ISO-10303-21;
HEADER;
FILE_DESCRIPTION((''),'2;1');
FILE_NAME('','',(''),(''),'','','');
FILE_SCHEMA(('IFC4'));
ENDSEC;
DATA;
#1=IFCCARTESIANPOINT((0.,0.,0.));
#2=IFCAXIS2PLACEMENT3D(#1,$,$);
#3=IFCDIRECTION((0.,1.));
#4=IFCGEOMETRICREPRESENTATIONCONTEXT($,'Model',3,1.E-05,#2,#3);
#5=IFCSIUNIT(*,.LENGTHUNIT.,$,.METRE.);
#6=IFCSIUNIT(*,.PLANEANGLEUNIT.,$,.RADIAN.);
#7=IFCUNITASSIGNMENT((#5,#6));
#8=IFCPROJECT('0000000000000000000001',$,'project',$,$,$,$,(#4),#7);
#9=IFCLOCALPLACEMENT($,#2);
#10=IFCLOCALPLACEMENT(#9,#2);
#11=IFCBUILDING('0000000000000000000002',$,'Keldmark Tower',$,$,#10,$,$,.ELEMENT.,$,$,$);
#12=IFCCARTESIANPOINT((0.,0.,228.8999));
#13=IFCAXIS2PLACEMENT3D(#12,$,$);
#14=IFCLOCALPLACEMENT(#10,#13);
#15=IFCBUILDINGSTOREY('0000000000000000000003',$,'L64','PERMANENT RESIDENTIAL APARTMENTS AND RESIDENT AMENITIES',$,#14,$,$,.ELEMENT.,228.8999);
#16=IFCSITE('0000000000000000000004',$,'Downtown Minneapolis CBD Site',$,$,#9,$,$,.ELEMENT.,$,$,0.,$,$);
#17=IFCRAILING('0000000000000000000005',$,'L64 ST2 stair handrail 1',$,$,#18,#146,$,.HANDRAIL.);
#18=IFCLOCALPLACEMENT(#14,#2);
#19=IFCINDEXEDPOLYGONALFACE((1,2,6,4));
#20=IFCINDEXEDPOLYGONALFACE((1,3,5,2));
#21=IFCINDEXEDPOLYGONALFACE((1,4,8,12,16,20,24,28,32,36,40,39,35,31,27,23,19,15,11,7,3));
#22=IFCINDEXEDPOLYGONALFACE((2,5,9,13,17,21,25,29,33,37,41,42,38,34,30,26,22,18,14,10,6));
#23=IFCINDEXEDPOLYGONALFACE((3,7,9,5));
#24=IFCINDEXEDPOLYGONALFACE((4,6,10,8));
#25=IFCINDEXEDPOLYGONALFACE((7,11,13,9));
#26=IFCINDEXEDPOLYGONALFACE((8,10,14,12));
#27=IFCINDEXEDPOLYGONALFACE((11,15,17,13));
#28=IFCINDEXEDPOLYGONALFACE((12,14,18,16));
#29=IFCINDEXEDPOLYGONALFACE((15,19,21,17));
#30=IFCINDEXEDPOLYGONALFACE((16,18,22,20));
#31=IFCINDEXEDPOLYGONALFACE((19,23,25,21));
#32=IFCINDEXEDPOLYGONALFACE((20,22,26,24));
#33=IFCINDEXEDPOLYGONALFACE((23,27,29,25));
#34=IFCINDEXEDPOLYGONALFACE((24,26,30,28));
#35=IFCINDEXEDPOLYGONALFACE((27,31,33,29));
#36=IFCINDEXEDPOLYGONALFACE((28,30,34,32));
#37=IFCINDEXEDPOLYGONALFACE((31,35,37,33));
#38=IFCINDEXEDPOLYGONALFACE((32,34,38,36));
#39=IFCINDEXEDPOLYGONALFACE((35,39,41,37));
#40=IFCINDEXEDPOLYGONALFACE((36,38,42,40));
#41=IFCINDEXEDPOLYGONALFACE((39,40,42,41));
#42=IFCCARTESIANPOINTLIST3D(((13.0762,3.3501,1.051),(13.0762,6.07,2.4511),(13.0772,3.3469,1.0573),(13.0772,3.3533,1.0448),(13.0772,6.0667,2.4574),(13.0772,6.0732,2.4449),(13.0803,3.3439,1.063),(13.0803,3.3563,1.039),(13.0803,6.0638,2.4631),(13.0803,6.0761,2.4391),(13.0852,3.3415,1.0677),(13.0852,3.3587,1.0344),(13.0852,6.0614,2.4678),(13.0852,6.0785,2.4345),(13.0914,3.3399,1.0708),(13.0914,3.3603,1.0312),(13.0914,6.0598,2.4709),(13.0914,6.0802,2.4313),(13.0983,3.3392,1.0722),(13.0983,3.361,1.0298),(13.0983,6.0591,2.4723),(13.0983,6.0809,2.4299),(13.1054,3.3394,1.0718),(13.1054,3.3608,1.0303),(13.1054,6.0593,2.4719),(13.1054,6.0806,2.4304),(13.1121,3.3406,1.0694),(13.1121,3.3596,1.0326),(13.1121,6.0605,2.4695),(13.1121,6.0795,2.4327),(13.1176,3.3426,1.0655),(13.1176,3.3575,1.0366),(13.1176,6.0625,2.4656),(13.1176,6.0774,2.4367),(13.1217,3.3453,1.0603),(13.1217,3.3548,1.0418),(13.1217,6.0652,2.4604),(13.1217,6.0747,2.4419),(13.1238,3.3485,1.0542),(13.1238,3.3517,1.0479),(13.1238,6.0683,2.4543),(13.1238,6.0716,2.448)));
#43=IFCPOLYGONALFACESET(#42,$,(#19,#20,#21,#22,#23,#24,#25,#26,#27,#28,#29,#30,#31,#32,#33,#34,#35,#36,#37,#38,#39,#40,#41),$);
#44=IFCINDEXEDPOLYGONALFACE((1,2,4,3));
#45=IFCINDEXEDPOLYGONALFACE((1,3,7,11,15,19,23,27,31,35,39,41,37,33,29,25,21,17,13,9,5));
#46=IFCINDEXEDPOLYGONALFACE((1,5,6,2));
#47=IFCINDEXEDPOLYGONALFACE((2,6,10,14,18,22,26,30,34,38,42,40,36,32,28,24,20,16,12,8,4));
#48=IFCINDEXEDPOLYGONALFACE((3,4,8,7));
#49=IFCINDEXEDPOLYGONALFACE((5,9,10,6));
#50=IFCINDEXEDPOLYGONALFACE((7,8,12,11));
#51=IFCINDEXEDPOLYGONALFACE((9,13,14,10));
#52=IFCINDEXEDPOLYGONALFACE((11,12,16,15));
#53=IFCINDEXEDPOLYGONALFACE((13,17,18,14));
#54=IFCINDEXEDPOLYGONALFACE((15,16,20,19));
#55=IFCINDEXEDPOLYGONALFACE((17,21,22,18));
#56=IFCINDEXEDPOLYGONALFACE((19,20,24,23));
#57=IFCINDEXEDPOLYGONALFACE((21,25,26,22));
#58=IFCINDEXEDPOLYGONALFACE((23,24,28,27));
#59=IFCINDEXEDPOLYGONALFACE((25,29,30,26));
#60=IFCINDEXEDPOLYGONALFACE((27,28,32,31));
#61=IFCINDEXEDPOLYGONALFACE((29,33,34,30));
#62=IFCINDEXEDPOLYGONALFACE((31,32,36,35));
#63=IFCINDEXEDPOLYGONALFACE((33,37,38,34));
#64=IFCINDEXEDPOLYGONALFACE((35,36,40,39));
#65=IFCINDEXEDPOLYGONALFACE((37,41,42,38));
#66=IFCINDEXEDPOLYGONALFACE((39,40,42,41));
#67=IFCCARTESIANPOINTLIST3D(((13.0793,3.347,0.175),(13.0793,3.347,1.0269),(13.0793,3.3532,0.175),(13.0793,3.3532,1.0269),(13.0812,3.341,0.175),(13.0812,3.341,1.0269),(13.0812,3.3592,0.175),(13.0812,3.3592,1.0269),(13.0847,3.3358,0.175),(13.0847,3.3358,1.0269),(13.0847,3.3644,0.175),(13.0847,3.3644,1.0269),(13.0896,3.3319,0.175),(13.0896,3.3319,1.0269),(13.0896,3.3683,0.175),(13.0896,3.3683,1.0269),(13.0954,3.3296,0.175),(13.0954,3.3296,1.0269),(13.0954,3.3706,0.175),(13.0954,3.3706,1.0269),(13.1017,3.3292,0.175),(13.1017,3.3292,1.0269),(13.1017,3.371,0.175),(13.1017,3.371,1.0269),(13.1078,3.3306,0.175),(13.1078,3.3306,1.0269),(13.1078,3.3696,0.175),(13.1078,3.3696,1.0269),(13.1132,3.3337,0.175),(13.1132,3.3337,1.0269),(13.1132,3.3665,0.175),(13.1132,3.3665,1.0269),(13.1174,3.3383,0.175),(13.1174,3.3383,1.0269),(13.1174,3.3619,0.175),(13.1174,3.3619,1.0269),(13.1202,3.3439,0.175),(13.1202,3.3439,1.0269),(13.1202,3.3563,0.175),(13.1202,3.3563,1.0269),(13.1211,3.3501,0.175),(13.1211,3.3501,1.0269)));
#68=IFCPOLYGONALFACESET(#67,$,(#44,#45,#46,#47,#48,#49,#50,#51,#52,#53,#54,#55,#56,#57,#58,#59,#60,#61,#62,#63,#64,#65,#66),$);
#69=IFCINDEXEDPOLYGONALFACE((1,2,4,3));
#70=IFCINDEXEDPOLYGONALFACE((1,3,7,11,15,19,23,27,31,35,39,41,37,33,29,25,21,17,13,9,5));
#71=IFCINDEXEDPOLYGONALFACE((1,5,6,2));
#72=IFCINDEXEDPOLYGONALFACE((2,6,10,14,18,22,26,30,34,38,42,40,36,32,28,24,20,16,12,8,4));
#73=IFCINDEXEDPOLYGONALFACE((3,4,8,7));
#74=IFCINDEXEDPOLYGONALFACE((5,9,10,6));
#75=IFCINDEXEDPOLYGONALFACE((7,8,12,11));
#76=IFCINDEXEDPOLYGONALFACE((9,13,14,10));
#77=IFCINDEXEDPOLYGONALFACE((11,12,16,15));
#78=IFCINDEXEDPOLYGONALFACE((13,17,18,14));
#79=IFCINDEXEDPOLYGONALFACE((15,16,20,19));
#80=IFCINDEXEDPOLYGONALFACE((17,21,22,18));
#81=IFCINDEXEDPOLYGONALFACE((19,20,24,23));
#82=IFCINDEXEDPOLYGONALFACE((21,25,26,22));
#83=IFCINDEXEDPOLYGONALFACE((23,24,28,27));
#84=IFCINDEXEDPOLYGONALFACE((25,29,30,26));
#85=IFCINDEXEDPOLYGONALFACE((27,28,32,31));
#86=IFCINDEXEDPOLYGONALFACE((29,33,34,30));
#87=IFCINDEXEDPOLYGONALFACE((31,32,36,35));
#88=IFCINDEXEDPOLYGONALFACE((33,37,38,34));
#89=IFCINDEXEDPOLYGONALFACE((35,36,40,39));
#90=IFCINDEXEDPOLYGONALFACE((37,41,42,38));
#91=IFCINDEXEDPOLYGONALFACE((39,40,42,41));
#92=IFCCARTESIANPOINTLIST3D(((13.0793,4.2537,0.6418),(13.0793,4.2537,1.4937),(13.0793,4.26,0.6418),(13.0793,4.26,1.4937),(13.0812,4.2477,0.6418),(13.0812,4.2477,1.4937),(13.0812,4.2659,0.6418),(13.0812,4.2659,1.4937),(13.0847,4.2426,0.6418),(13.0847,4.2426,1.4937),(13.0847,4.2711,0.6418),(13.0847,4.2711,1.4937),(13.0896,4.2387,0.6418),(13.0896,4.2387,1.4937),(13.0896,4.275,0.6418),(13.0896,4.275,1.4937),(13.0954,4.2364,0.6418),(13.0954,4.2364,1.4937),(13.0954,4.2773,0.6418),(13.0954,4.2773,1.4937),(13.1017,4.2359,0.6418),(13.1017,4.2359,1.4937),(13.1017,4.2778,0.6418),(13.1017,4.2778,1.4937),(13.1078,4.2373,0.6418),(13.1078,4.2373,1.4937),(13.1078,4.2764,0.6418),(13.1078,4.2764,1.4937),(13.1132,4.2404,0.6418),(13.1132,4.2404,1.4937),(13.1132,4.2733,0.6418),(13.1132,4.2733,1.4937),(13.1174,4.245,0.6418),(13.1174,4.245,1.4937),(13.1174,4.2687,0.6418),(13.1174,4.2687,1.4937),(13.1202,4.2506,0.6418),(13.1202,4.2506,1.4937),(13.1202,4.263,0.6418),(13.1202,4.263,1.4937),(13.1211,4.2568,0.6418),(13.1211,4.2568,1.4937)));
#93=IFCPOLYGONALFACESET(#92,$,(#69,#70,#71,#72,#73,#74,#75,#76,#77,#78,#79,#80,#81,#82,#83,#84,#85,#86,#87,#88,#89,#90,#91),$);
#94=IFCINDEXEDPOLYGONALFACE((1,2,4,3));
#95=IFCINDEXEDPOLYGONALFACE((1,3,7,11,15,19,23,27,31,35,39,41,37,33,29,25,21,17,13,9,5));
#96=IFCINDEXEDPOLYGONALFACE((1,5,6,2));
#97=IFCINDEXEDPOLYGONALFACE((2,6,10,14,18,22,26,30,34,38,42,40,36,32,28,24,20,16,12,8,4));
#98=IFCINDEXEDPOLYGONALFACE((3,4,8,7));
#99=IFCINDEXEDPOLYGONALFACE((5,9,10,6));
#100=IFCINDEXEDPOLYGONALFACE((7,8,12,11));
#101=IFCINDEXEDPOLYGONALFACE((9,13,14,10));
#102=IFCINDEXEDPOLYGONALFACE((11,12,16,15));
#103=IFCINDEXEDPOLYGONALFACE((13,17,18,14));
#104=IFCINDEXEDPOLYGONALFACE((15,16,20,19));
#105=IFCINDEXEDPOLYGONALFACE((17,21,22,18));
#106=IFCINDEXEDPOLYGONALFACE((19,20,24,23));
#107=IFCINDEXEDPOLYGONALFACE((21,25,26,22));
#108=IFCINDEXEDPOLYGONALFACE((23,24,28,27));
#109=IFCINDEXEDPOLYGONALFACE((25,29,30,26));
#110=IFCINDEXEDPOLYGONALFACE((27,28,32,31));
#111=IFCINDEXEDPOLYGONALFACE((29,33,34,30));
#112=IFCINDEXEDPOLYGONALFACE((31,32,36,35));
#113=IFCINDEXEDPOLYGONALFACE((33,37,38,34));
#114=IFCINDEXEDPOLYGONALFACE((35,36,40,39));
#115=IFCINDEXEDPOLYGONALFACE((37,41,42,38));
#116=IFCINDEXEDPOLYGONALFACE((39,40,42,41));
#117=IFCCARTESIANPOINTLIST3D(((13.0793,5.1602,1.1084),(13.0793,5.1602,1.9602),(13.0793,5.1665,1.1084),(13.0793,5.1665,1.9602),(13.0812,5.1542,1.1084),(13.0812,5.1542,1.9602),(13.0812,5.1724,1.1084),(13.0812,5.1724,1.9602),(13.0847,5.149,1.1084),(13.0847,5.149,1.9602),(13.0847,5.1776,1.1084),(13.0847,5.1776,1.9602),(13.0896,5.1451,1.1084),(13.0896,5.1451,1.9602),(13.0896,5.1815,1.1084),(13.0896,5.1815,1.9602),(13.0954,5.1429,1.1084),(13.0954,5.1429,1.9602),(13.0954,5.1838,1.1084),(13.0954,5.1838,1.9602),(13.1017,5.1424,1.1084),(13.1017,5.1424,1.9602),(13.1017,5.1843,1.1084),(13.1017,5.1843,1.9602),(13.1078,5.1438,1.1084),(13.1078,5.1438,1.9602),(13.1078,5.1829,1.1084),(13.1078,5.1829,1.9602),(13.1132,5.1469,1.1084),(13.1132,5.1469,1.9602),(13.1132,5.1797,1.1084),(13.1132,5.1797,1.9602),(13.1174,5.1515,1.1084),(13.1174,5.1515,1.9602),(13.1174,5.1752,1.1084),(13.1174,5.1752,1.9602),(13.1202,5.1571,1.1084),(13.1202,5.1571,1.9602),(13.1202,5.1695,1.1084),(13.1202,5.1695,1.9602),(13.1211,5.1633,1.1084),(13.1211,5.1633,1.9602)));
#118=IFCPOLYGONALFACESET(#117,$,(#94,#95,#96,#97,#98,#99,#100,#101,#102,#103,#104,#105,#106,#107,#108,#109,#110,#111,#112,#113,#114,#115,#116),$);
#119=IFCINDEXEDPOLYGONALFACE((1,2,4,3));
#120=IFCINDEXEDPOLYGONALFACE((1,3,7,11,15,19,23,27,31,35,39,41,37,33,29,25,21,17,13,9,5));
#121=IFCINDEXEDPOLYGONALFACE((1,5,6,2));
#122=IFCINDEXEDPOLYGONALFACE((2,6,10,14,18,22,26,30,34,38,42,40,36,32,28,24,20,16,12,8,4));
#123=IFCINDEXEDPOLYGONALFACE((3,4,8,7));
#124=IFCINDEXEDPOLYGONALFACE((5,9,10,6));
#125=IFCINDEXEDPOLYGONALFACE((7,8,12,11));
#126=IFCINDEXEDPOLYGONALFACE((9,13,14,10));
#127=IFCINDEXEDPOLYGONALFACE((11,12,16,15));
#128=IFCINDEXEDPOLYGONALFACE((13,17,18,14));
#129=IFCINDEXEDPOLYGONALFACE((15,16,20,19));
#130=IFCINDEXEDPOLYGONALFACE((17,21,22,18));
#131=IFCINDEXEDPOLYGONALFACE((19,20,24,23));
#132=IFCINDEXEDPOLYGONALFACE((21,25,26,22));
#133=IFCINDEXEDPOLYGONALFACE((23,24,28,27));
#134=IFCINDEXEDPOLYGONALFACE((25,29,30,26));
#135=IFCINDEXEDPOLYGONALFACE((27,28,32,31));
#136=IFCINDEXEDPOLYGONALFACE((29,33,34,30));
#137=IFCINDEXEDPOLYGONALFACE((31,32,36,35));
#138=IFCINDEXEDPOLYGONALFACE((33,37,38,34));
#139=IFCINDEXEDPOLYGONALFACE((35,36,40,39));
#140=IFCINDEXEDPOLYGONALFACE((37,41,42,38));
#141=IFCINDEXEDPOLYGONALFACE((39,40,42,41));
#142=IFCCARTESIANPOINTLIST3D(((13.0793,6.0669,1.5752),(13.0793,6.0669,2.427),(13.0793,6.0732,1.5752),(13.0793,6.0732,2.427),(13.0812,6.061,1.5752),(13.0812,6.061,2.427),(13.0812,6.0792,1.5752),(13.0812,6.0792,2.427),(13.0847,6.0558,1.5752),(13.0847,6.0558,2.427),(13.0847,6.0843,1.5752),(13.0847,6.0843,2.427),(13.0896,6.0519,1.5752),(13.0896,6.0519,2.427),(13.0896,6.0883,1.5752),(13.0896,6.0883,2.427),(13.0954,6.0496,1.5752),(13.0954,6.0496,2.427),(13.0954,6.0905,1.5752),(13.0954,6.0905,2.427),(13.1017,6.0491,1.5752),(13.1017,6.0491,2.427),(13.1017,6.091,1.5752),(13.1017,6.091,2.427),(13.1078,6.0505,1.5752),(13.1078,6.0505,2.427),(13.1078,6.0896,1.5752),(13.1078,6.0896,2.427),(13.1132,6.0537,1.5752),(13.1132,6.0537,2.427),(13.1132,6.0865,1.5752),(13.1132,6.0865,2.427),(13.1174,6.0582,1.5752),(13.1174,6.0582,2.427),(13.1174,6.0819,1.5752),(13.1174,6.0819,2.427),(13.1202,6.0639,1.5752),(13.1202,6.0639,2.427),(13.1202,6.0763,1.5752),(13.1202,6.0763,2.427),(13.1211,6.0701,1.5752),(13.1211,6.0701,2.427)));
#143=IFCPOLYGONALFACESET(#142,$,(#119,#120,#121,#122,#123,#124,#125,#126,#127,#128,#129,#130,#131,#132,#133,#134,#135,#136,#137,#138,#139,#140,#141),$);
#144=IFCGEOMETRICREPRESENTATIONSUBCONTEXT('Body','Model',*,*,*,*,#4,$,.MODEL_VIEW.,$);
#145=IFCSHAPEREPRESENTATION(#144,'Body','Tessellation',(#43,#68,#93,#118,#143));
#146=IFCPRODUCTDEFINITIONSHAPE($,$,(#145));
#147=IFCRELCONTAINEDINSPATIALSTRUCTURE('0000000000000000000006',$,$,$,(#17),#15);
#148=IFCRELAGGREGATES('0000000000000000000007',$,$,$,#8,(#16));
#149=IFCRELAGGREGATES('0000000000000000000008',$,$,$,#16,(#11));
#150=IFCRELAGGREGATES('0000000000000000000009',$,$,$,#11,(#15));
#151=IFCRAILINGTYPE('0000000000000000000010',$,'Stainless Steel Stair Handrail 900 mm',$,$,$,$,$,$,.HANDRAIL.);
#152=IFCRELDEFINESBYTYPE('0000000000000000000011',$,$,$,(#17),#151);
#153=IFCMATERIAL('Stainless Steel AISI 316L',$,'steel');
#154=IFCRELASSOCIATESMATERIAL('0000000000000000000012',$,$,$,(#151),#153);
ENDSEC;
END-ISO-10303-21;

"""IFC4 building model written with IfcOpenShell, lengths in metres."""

from ifc_helpers import new_model, si_unit, direction, frame, origin, origin_2d, place, context, subcontext, project, spatial, circle, extrude, material, type_object, element, save


model = new_model("IFC4")

# Units and contexts
model_context = context("Model", 3, precision=1e-05, world=origin(), true_north=direction((0.0, 1.0)))
body_context = subcontext(model_context, "Body", "Model", "MODEL_VIEW")
ifc_project = project(units=[si_unit("LENGTHUNIT", "METRE"), si_unit("PLANEANGLEUNIT", "RADIAN")], contexts=[model_context])

# Site, building, storey
site_placement = place(None, origin())
site = spatial("IfcSite", under=ifc_project, at=site_placement, Name="Downtown Minneapolis CBD Site", CompositionType="ELEMENT", RefElevation=0.0)
building_placement = place(site_placement, origin())
building = spatial("IfcBuilding", under=site, at=building_placement, Name="Keldmark Tower", CompositionType="ELEMENT")
storey_placement = place(building_placement, frame((0.0, 0.0, 228.8999)))
storey = spatial("IfcBuildingStorey", under=building, at=storey_placement, Name="L64", Description="PERMANENT RESIDENTIAL APARTMENTS AND RESIDENT AMENITIES", CompositionType="ELEMENT", Elevation=228.8999)

# Railing
ifc_material_1 = material(Name="Stainless Steel AISI 316L", Category="steel")
railing_type_1 = type_object("IfcRailingType", Name="Stainless Steel Stair Handrail 900 mm", PredefinedType="HANDRAIL", material=ifc_material_1)
railing_1_placement = place(storey_placement, frame((13.1001, 3.3501, 0.175)))
element("IfcRailing", 1, at=railing_1_placement, inside=storey, type_object=railing_type_1, Name="L64 ST2 stair handrail 1", PredefinedType="HANDRAIL", context=body_context, shape_type="SweptSolid", body=[
    extrude(circle(Radius=0.0239, at=origin_2d()), frame((0.0, 0.0, 0.876), z_axis=(0.0, 0.889114, 0.457685), x_axis=(-1.0, 0.0, 0.0)), (0.0, 0.0, 1.0), 3.0591),
    extrude(circle(Radius=0.021, at=origin_2d()), origin(), (0.0, 0.0, 1.0), 0.8518),
    extrude(circle(Radius=0.021, at=origin_2d()), frame((0.0, 0.9067, 0.4668)), (0.0, 0.0, 1.0), 0.8518),
    extrude(circle(Radius=0.021, at=origin_2d()), frame((0.0, 1.8132, 0.9333)), (0.0, 0.0, 1.0), 0.8518),
    extrude(circle(Radius=0.021, at=origin_2d()), frame((0.0, 2.72, 1.4001)), (0.0, 0.0, 1.0), 0.8518),
])

save(model, "model.ifc")
